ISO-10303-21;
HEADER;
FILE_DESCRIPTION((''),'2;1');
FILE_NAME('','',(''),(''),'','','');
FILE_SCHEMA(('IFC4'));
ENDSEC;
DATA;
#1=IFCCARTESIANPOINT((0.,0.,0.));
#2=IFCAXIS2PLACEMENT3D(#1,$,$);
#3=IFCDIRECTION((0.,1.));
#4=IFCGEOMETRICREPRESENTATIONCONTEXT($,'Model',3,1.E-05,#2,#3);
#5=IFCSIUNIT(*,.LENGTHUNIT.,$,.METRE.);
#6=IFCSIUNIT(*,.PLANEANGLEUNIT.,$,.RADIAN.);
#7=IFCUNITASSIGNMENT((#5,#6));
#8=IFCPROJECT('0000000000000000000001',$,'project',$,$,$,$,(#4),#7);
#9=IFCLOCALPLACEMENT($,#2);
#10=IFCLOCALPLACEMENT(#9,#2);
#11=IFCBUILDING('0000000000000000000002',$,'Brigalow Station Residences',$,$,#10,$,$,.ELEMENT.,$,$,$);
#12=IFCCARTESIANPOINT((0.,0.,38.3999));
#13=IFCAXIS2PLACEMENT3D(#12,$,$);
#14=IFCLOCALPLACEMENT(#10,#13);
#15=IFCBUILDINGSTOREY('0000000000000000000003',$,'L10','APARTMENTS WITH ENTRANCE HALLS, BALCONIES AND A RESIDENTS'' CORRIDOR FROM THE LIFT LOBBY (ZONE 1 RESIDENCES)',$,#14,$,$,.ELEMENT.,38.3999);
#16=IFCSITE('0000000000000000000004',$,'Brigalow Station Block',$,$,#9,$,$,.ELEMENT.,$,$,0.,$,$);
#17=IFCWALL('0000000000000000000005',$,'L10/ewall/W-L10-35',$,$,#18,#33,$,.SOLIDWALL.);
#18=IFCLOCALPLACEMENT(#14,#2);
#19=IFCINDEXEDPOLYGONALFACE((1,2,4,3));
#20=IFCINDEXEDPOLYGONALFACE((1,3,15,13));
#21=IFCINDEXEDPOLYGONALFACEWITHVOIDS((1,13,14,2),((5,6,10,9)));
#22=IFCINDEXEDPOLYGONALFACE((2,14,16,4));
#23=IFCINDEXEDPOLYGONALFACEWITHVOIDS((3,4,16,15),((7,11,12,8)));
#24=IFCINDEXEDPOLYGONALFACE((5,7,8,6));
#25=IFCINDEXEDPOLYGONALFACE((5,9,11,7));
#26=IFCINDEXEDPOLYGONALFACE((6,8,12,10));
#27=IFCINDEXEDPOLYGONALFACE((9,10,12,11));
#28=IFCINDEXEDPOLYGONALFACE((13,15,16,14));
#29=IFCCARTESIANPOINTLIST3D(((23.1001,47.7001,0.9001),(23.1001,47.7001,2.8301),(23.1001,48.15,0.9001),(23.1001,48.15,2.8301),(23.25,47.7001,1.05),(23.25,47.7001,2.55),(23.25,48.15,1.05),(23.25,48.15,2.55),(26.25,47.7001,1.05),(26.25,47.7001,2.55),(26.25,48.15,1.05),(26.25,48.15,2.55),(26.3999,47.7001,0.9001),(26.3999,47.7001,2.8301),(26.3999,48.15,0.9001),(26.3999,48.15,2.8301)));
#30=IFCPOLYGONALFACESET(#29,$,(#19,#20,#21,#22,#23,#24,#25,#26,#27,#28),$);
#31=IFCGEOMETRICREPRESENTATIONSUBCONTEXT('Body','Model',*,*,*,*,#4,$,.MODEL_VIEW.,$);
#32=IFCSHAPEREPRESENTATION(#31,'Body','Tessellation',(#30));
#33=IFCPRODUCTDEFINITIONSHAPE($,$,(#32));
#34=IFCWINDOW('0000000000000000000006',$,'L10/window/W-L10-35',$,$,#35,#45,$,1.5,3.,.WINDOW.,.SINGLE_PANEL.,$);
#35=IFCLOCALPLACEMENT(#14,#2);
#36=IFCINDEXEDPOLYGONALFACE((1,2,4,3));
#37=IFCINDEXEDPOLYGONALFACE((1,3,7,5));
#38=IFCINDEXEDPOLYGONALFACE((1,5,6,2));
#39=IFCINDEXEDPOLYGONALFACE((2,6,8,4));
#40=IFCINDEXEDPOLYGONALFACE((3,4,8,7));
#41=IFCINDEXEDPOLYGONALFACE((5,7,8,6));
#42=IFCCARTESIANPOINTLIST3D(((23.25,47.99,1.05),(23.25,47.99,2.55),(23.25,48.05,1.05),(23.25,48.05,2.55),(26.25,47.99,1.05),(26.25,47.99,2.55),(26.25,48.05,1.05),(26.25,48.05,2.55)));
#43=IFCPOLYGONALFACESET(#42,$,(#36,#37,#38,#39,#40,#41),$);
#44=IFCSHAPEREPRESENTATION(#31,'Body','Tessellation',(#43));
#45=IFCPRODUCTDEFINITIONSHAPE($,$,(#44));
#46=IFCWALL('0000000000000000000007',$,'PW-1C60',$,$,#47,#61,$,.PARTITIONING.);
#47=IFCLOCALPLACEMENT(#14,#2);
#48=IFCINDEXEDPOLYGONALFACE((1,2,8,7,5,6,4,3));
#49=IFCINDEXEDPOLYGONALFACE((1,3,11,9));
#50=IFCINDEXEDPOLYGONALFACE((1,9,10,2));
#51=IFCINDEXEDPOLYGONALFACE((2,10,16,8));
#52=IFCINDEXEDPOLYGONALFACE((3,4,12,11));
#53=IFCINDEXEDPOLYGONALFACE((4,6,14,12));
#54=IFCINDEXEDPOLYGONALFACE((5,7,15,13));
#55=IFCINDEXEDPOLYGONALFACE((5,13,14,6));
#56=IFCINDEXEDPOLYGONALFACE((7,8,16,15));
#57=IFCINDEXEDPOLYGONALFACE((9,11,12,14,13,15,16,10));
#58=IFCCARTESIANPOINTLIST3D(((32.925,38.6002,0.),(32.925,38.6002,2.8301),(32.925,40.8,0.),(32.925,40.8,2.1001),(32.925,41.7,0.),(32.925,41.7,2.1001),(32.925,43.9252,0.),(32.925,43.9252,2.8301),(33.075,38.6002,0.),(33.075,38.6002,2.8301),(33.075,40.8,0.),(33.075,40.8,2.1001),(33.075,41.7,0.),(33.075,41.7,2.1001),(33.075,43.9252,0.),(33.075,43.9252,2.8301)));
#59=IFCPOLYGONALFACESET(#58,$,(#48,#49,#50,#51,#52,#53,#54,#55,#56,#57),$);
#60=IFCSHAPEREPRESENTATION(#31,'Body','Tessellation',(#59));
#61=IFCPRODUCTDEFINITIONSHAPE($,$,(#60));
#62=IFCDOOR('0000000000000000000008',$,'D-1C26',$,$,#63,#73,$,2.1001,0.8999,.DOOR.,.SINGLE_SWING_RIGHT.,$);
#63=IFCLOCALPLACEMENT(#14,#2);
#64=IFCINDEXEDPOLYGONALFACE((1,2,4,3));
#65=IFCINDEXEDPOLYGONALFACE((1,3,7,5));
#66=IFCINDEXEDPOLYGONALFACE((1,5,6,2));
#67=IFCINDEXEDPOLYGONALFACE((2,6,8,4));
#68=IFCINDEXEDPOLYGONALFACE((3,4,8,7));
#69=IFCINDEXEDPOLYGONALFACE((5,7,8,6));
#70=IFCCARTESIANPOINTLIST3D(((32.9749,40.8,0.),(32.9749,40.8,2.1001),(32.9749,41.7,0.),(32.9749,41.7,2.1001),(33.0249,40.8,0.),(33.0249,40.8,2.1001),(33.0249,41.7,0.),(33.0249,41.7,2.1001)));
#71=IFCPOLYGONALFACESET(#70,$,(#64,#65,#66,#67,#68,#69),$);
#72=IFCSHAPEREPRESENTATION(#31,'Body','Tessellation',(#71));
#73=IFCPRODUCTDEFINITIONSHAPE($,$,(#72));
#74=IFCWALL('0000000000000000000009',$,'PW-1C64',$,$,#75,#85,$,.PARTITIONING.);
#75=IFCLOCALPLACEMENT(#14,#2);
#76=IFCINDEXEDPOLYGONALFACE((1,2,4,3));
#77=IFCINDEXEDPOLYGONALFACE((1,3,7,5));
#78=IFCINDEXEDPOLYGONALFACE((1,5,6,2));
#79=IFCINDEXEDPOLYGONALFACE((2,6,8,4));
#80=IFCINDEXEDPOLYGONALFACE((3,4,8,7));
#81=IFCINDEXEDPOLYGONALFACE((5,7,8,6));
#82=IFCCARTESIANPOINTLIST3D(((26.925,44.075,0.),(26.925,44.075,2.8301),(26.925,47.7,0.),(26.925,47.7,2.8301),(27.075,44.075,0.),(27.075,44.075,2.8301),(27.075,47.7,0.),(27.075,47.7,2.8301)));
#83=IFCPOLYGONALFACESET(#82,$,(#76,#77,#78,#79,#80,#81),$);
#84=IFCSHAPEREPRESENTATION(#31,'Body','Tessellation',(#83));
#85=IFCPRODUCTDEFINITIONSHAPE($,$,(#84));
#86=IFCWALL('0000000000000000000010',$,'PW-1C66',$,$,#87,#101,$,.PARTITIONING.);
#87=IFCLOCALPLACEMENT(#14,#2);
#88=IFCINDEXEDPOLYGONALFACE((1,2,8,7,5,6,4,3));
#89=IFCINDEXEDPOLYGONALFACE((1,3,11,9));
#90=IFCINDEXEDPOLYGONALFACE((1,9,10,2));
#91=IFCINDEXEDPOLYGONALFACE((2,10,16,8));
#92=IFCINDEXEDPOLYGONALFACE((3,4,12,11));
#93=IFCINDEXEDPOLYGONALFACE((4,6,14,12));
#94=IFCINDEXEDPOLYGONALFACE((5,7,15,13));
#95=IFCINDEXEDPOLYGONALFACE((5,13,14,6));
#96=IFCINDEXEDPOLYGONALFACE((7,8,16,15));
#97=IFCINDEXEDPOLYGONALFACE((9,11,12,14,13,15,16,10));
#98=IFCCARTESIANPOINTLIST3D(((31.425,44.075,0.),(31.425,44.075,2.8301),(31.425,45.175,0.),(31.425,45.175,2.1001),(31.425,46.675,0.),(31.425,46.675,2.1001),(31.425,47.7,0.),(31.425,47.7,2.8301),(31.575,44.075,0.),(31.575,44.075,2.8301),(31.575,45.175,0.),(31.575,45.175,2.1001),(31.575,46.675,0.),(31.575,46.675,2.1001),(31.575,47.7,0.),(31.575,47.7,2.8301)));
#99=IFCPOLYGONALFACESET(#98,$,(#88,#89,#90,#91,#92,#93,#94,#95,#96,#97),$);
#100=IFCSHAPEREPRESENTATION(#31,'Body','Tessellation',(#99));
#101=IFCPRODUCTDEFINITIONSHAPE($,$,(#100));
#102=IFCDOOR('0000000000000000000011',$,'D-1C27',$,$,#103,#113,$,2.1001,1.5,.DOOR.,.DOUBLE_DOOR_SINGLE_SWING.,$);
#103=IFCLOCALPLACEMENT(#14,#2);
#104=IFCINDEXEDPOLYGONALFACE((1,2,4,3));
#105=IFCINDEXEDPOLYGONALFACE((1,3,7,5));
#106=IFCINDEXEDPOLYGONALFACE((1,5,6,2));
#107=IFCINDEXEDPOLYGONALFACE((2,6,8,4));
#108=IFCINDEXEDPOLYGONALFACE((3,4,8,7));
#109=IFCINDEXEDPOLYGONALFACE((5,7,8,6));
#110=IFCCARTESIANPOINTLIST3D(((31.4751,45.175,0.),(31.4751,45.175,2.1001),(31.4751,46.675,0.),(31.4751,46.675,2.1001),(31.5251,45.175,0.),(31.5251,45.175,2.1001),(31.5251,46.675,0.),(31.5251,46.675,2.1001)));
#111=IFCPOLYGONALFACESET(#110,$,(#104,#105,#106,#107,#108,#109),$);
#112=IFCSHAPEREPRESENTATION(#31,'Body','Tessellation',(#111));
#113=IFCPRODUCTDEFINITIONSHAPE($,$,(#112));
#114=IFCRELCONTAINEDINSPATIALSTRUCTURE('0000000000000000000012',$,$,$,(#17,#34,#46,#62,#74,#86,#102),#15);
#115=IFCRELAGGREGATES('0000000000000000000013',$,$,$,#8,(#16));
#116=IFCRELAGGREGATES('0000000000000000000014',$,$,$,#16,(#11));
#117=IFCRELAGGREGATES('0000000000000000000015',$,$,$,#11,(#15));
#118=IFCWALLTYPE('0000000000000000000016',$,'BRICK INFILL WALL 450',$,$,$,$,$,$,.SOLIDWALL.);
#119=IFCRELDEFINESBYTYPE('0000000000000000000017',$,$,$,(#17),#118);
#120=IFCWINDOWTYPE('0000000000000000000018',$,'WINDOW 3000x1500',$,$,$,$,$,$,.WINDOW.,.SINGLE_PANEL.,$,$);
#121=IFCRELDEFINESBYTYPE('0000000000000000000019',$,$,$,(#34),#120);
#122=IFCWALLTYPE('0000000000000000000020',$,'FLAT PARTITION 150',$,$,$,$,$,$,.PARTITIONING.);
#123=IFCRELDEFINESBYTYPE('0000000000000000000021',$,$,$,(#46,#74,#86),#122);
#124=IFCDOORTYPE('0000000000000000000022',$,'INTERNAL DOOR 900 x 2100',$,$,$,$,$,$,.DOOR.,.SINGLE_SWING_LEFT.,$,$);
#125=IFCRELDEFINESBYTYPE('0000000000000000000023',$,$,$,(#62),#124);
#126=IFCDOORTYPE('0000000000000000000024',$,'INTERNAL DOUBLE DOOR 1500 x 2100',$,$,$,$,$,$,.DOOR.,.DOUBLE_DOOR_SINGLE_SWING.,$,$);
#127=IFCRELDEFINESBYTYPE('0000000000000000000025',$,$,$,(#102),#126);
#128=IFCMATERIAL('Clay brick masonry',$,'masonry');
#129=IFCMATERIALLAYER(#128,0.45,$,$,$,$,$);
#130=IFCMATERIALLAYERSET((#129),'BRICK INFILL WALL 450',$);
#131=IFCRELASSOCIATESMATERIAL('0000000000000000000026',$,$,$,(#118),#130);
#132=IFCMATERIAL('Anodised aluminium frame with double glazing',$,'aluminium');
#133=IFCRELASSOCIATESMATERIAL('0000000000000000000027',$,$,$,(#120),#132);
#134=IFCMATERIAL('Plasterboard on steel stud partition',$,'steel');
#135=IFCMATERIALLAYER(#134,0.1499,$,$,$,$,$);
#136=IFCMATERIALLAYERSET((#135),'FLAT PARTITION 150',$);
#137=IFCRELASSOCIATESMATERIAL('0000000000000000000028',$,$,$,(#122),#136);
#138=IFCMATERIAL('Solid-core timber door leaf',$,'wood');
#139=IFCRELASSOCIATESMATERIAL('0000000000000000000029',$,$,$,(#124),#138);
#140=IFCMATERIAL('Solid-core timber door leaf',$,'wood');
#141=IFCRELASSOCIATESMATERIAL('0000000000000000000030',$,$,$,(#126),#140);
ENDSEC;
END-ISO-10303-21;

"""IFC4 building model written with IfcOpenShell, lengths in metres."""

from ifc_helpers import new_model, si_unit, direction, frame, frame_2d, origin, place, context, subcontext, project, spatial, rectangle, extrude, material, layer, layer_set, type_object, element, fill, save


model = new_model("IFC4")

# Units and contexts
model_context = context("Model", 3, precision=1e-05, world=origin(), true_north=direction((0.0, 1.0)))
body_context = subcontext(model_context, "Body", "Model", "MODEL_VIEW")
ifc_project = project(units=[si_unit("LENGTHUNIT", "METRE"), si_unit("PLANEANGLEUNIT", "RADIAN")], contexts=[model_context])

# Site, building, storey
site_placement = place(None, origin())
site = spatial("IfcSite", under=ifc_project, at=site_placement, Name="Brigalow Station Block", CompositionType="ELEMENT", RefElevation=0.0)
building_placement = place(site_placement, origin())
building = spatial("IfcBuilding", under=site, at=building_placement, Name="Brigalow Station Residences", CompositionType="ELEMENT")
storey_placement = place(building_placement, frame((0.0, 0.0, 38.3999)))
storey = spatial("IfcBuildingStorey", under=building, at=storey_placement, Name="L10", Description="APARTMENTS WITH ENTRANCE HALLS, BALCONIES AND A RESIDENTS' CORRIDOR FROM THE LIFT LOBBY (ZONE 1 RESIDENCES)", CompositionType="ELEMENT", Elevation=38.3999)

# Shared definitions
ifc_material_1 = material(Name="Clay brick masonry", Category="masonry")
ifc_layer_1 = layer(ifc_material_1, 0.45)
ifc_layer_set_1 = layer_set([ifc_layer_1], Name="BRICK INFILL WALL 450")
wall_type_1 = type_object("IfcWallType", Name="BRICK INFILL WALL 450", PredefinedType="SOLIDWALL", material=ifc_layer_set_1)

# Wall, opening, window
wall_1_placement = place(storey_placement, frame((26.3999, 47.925, 0.9001), z_axis=(0.0, 0.0, 1.0), x_axis=(-1.0, 0.0, 0.0)))
wall_1 = element("IfcWall", 1, at=wall_1_placement, inside=storey, type_object=wall_type_1, Name="L10/ewall/W-L10-35", PredefinedType="SOLIDWALL", context=body_context, shape_type="SweptSolid", body=[
    extrude(rectangle(XDim=3.2998, YDim=0.45, at=frame_2d((1.6499, 0.0))), origin(), (0.0, 0.0, 1.0), 1.9299),
])
opening_1_placement = place(wall_1_placement, frame((0.1499, 0.0, 0.1499)))
opening_1 = element("IfcOpeningElement", 2, at=opening_1_placement, cuts=wall_1, PredefinedType="OPENING", context=body_context, shape_type="SweptSolid", body=[
    extrude(rectangle(XDim=3.0, YDim=1.5, at=frame_2d((1.5, 0.75))), frame((0.0, 0.2349, 0.0), z_axis=(0.0, -1.0, 0.0), x_axis=(1.0, 0.0, 0.0)), (0.0, 0.0, 1.0), 0.47),
])
ifc_material_2 = material(Name="Anodised aluminium frame with double glazing", Category="aluminium")
window_type = type_object("IfcWindowType", Name="WINDOW 3000x1500", PartitioningType="SINGLE_PANEL", PredefinedType="WINDOW", material=ifc_material_2)
window_placement = place(opening_1_placement, origin())
window = element("IfcWindow", 3, at=window_placement, inside=storey, type_object=window_type, Name="L10/window/W-L10-35", OverallHeight=1.5, OverallWidth=3.0, PartitioningType="SINGLE_PANEL", PredefinedType="WINDOW", context=body_context, shape_type="SweptSolid", body=[
    extrude(rectangle(XDim=3.0, YDim=1.5, at=frame_2d((1.5, 0.75))), frame((0.0, -0.0649, 0.0), z_axis=(0.0, -1.0, 0.0), x_axis=(1.0, 0.0, 0.0)), (0.0, 0.0, 1.0), 0.0601),
])
fill(opening_1, window)

# Wall, opening, door
ifc_material_3 = material(Name="Plasterboard on steel stud partition", Category="steel")
ifc_layer_2 = layer(ifc_material_3, 0.1499)
ifc_layer_set_2 = layer_set([ifc_layer_2], Name="FLAT PARTITION 150")
wall_type_2 = type_object("IfcWallType", Name="FLAT PARTITION 150", PredefinedType="PARTITIONING", material=ifc_layer_set_2)
wall_2_placement = place(storey_placement, frame((33.0, 38.6001, 0.0), z_axis=(0.0, 0.0, 1.0), x_axis=(0.0, 1.0, 0.0)))
wall_2 = element("IfcWall", 4, at=wall_2_placement, inside=storey, type_object=wall_type_2, Name="PW-1C60", PredefinedType="PARTITIONING", context=body_context, shape_type="SweptSolid", body=[
    extrude(rectangle(XDim=5.325, YDim=0.1499, at=frame_2d((2.6626, 0.0))), origin(), (0.0, 0.0, 1.0), 2.8301),
])
opening_2_placement = place(wall_2_placement, frame((2.2, 0.0, 0.0)))
opening_2 = element("IfcOpeningElement", 5, at=opening_2_placement, cuts=wall_2, PredefinedType="OPENING", context=body_context, shape_type="SweptSolid", body=[
    extrude(rectangle(XDim=0.8999, YDim=2.1001, at=frame_2d((0.45, 1.05))), frame((0.0, 0.085, 0.0), z_axis=(0.0, -1.0, 0.0), x_axis=(1.0, 0.0, 0.0)), (0.0, 0.0, 1.0), 0.1699),
])
ifc_material_4 = material(Name="Solid-core timber door leaf", Category="wood")
door_type_1 = type_object("IfcDoorType", Name="INTERNAL DOOR 900 x 2100", OperationType="SINGLE_SWING_LEFT", PredefinedType="DOOR", material=ifc_material_4)
door_1_placement = place(opening_2_placement, frame((0.8999, 0.0, 0.0), z_axis=(0.0, 0.0, 1.0), x_axis=(-1.0, 0.0, 0.0)))
door_1 = element("IfcDoor", 6, at=door_1_placement, inside=storey, type_object=door_type_1, Name="D-1C26", OperationType="SINGLE_SWING_RIGHT", OverallHeight=2.1001, OverallWidth=0.8999, PredefinedType="DOOR", context=body_context, shape_type="SweptSolid", body=[
    extrude(rectangle(XDim=0.8999, YDim=2.1001, at=frame_2d((0.45, 1.05))), frame((0.0, 0.0249, 0.0), z_axis=(0.0, -1.0, 0.0), x_axis=(1.0, 0.0, 0.0)), (0.0, 0.0, 1.0), 0.05),
])
fill(opening_2, door_1)

# Wall
wall_3_placement = place(storey_placement, frame((27.0, 44.075, 0.0), z_axis=(0.0, 0.0, 1.0), x_axis=(0.0, 1.0, 0.0)))
element("IfcWall", 7, at=wall_3_placement, inside=storey, type_object=wall_type_2, Name="PW-1C64", PredefinedType="PARTITIONING", context=body_context, shape_type="SweptSolid", body=[
    extrude(rectangle(XDim=3.625, YDim=0.1499, at=frame_2d((1.8125, 0.0))), origin(), (0.0, 0.0, 1.0), 2.8301),
])

# Wall, opening, door
wall_4_placement = place(storey_placement, frame((31.5, 44.075, 0.0), z_axis=(0.0, 0.0, 1.0), x_axis=(0.0, 1.0, 0.0)))
wall_4 = element("IfcWall", 8, at=wall_4_placement, inside=storey, type_object=wall_type_2, Name="PW-1C66", PredefinedType="PARTITIONING", context=body_context, shape_type="SweptSolid", body=[
    extrude(rectangle(XDim=3.625, YDim=0.1499, at=frame_2d((1.8125, 0.0))), origin(), (0.0, 0.0, 1.0), 2.8301),
])
opening_3_placement = place(wall_4_placement, frame((1.1001, 0.0, 0.0)))
opening_3 = element("IfcOpeningElement", 9, at=opening_3_placement, cuts=wall_4, PredefinedType="OPENING", context=body_context, shape_type="SweptSolid", body=[
    extrude(rectangle(XDim=1.5, YDim=2.1001, at=frame_2d((0.75, 1.05))), frame((0.0, 0.085, 0.0), z_axis=(0.0, -1.0, 0.0), x_axis=(1.0, 0.0, 0.0)), (0.0, 0.0, 1.0), 0.1699),
])
ifc_material_5 = material(Name="Solid-core timber door leaf", Category="wood")
door_type_2 = type_object("IfcDoorType", Name="INTERNAL DOUBLE DOOR 1500 x 2100", OperationType="DOUBLE_DOOR_SINGLE_SWING", PredefinedType="DOOR", material=ifc_material_5)
door_2_placement = place(opening_3_placement, origin())
door_2 = element("IfcDoor", 10, at=door_2_placement, inside=storey, type_object=door_type_2, Name="D-1C27", OperationType="DOUBLE_DOOR_SINGLE_SWING", OverallHeight=2.1001, OverallWidth=1.5, PredefinedType="DOOR", context=body_context, shape_type="SweptSolid", body=[
    extrude(rectangle(XDim=1.5, YDim=2.1001, at=frame_2d((0.75, 1.05))), frame((0.0, 0.0249, 0.0), z_axis=(0.0, -1.0, 0.0), x_axis=(1.0, 0.0, 0.0)), (0.0, 0.0, 1.0), 0.05),
])
fill(opening_3, door_2)

save(model, "model.ifc")
